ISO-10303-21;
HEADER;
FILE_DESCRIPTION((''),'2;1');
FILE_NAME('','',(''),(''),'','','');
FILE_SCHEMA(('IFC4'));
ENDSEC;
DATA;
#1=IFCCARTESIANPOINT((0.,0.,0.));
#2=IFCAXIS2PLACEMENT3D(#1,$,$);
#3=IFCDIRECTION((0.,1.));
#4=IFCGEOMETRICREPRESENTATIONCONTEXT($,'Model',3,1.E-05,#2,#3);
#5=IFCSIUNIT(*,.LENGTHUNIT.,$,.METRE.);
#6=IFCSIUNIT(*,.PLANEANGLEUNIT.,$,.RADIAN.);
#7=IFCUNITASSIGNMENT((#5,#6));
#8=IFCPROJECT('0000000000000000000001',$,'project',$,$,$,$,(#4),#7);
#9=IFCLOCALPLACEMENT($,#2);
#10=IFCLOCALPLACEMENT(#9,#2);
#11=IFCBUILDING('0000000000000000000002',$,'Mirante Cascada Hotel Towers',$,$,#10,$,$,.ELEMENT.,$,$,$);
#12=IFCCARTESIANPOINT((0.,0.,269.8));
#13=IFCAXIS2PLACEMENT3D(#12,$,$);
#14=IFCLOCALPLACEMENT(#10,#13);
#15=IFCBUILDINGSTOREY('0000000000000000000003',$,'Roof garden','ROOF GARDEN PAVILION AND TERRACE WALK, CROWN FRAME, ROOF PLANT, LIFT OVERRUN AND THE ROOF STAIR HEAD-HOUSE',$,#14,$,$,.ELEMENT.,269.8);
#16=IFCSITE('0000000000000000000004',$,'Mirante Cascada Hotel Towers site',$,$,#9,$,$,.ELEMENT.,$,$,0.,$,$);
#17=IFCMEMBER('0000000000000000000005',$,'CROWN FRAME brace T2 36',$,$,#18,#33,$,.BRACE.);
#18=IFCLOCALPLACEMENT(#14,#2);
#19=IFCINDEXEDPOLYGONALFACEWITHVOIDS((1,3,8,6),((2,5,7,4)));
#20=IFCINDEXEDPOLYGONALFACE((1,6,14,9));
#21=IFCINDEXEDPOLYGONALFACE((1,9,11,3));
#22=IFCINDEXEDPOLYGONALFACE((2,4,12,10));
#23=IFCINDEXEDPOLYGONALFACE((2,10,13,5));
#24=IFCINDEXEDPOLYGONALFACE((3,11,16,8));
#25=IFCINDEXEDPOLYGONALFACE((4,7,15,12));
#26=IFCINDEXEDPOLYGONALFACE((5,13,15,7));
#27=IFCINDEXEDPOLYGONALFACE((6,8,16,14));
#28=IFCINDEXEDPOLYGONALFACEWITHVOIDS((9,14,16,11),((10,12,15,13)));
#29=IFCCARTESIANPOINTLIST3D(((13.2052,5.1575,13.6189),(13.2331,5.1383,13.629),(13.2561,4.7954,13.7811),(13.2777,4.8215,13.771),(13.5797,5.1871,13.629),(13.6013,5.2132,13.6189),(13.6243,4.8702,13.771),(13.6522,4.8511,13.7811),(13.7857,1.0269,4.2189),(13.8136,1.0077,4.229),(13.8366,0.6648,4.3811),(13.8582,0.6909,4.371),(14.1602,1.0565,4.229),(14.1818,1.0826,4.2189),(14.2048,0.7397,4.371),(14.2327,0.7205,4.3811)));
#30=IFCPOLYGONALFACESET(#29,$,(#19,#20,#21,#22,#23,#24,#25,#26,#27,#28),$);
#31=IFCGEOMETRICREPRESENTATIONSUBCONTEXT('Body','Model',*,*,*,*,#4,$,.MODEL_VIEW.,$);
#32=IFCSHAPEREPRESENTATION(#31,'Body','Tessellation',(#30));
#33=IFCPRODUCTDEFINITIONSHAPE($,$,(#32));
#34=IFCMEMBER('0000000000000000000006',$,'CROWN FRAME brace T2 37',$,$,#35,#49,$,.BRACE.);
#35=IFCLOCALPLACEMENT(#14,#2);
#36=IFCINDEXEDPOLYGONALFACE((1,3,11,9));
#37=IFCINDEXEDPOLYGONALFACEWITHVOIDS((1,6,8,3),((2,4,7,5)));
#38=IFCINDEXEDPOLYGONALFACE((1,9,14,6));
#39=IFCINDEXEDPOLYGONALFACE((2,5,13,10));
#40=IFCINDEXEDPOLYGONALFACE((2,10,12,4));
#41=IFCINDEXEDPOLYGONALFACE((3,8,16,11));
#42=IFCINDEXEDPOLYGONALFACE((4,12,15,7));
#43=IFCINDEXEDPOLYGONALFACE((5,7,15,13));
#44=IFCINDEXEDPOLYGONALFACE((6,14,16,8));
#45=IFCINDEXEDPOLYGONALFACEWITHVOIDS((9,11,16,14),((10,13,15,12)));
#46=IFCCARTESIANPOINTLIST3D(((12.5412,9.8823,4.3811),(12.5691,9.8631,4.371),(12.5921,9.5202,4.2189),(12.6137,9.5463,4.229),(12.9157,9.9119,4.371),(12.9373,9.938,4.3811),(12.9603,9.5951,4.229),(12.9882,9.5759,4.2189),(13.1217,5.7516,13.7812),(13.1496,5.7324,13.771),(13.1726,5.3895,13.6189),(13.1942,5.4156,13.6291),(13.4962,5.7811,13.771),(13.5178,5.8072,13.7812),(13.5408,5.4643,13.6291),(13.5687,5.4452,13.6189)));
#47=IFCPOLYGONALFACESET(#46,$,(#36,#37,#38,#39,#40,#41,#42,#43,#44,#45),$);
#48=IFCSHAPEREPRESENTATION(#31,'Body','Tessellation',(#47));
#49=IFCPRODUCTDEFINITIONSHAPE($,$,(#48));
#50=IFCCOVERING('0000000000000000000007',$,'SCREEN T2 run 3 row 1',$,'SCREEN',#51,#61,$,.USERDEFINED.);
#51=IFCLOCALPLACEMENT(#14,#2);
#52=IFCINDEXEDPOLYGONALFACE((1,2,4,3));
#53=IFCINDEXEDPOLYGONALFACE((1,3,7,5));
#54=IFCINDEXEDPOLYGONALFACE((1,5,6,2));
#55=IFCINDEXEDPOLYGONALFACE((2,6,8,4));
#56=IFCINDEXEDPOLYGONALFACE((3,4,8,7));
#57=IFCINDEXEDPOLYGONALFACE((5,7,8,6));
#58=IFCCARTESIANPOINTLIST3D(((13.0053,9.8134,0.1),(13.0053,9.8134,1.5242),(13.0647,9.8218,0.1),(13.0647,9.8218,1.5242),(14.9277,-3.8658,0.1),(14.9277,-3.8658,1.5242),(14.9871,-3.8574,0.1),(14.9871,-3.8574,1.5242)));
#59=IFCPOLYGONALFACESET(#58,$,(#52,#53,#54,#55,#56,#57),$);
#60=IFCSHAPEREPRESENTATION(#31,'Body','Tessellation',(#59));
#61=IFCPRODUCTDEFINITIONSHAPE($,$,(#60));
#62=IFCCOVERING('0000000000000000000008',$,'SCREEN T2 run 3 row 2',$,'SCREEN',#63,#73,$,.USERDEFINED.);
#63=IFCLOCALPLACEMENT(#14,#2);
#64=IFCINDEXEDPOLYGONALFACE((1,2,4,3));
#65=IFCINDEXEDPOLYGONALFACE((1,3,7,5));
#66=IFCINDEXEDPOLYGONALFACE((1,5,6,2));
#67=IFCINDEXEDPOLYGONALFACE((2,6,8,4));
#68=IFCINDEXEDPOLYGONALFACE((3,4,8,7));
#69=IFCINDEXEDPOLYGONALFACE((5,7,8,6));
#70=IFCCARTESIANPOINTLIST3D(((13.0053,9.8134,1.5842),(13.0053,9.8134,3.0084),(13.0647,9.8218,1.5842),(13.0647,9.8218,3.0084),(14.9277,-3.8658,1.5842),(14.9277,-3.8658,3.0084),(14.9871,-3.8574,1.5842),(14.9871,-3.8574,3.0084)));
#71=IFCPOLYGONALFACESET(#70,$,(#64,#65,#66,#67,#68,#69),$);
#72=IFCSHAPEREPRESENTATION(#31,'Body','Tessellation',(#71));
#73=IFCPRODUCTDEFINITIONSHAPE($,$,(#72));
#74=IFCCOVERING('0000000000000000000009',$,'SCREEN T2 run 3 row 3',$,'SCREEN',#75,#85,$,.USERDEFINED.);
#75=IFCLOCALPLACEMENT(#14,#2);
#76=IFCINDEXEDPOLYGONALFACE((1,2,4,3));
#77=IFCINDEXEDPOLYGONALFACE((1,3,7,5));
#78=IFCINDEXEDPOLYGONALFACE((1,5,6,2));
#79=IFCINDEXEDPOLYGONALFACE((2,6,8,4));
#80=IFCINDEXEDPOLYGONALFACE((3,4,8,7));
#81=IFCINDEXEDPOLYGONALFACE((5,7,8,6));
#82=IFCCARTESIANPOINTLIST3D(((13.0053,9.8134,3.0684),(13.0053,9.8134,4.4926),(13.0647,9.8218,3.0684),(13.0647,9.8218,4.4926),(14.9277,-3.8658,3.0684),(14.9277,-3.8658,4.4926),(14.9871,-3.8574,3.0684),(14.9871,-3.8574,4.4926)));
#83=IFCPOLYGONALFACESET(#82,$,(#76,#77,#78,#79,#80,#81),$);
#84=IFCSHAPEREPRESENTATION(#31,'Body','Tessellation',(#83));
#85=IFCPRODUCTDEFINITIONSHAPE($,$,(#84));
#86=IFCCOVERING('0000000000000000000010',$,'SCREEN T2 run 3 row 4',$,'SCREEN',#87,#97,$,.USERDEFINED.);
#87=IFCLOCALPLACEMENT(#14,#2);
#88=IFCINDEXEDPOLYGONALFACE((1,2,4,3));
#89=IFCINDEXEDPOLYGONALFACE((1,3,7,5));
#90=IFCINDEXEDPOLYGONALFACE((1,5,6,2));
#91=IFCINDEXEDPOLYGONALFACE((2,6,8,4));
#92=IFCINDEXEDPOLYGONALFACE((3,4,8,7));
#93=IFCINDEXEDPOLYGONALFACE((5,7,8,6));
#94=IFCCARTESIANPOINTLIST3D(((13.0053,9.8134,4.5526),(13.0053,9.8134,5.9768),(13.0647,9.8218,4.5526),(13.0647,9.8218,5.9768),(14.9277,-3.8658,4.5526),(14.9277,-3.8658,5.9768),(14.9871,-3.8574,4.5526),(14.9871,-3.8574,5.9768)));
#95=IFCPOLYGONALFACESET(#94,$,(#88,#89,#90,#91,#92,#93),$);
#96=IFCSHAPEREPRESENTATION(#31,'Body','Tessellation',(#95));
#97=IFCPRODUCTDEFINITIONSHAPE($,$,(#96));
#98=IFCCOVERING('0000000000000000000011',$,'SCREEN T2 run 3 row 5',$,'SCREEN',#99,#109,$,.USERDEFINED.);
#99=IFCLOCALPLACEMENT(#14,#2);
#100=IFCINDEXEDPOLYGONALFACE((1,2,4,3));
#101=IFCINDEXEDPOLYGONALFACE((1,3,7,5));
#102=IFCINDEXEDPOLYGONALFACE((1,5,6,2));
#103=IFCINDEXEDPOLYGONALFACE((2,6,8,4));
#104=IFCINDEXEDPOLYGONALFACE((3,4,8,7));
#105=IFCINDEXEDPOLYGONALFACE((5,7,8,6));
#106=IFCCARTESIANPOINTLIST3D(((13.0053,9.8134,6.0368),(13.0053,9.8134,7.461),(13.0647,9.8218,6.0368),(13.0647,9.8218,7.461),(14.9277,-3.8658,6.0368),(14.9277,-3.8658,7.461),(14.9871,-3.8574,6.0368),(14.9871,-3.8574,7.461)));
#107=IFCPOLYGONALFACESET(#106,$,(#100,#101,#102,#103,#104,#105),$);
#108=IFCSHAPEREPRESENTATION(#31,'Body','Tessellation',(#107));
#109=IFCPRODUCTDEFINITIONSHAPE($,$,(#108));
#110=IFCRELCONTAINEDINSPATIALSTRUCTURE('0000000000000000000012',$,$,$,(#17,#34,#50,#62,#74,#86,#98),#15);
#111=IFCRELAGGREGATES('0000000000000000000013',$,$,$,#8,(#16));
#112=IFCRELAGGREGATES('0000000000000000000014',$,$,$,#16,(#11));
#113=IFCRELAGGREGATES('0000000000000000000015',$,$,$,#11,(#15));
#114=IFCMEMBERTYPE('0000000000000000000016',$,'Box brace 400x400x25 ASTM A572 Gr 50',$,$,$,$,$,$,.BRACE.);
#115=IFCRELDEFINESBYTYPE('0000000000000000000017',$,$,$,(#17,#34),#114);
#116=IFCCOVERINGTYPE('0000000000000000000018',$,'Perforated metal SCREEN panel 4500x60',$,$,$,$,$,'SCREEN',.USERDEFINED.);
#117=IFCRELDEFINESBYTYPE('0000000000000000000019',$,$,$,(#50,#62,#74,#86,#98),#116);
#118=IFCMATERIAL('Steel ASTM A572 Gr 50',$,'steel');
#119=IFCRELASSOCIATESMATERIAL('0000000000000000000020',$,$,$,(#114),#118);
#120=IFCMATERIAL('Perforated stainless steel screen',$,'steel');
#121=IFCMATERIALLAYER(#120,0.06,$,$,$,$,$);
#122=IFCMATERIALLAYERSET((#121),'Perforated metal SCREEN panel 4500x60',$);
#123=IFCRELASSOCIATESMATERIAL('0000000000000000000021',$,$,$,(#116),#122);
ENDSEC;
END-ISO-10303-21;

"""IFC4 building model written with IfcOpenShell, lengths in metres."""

from ifc_helpers import new_model, si_unit, direction, frame, origin, origin_2d, place, context, subcontext, project, spatial, rectangle, hollow_rectangle, extrude, material, layer, layer_set, material_profile, profile_set, type_object, element, save


model = new_model("IFC4")

# Units and contexts
model_context = context("Model", 3, precision=1e-05, world=origin(), true_north=direction((0.0, 1.0)))
body_context = subcontext(model_context, "Body", "Model", "MODEL_VIEW")
ifc_project = project(units=[si_unit("LENGTHUNIT", "METRE"), si_unit("PLANEANGLEUNIT", "RADIAN")], contexts=[model_context])

# Site, building, storey
site_placement = place(None, origin())
site = spatial("IfcSite", under=ifc_project, at=site_placement, Name="Mirante Cascada Hotel Towers site", CompositionType="ELEMENT", RefElevation=0.0)
building_placement = place(site_placement, origin())
building = spatial("IfcBuilding", under=site, at=building_placement, Name="Mirante Cascada Hotel Towers", CompositionType="ELEMENT")
storey_placement = place(building_placement, frame((0.0, 0.0, 269.8)))
storey = spatial("IfcBuildingStorey", under=building, at=storey_placement, Name="Roof garden", Description="ROOF GARDEN PAVILION AND TERRACE WALK, CROWN FRAME, ROOF PLANT, LIFT OVERRUN AND THE ROOF STAIR HEAD-HOUSE", CompositionType="ELEMENT", Elevation=269.8)

# Members
ifc_material_1 = material(Name="Steel ASTM A572 Gr 50", Category="steel")
ifc_material_profile_1 = material_profile(ifc_material_1, hollow_rectangle(XDim=0.4, YDim=0.4, WallThickness=0.025, at=origin_2d()), Name="Box brace 400x400x25 ASTM A572 Gr 50")
ifc_profile_set_1 = profile_set([ifc_material_profile_1], Name="Steel ASTM A572 Gr 50")
member_type = type_object("IfcMemberType", Name="Box brace 400x400x25 ASTM A572 Gr 50", PredefinedType="BRACE", material=ifc_profile_set_1)
for number, where, z_axis, x_axis, name in (
    (1, (14.0092, 0.8737, 4.3), (-0.056447, 0.401657, 0.914049), (-0.990269, -0.139169, 0.0), "CROWN FRAME brace T2 36"),
):
    element("IfcMember", number, at=place(storey_placement, frame(where, z_axis=z_axis, x_axis=x_axis)), inside=storey, type_object=member_type, Name=name, PredefinedType="BRACE", context=body_context, shape_type="SweptSolid", body=[
        extrude(hollow_rectangle(XDim=0.4, YDim=0.4, WallThickness=0.025, at=origin_2d()), origin(), (0.0, 0.0, 1.0), 10.2839),
    ])
member_1_placement = place(storey_placement, frame((12.7647, 9.7291, 4.3), z_axis=(0.056447, -0.401665, 0.914045), x_axis=(0.990269, 0.139166, 0.0)))
element("IfcMember", 2, at=member_1_placement, inside=storey, type_object=member_type, Name="CROWN FRAME brace T2 37", PredefinedType="BRACE", context=body_context, shape_type="SweptSolid", body=[
    extrude(hollow_rectangle(XDim=0.4, YDim=0.4, WallThickness=0.025, at=origin_2d()), origin(), (0.0, 0.0, 1.0), 10.284),
])

# Coverings
ifc_material_2 = material(Name="Perforated stainless steel screen", Category="steel")
ifc_layer_1 = layer(ifc_material_2, 0.06)
ifc_layer_set_1 = layer_set([ifc_layer_1], Name="Perforated metal SCREEN panel 4500x60")
covering_type = type_object("IfcCoveringType", Name="Perforated metal SCREEN panel 4500x60", ElementType="SCREEN", PredefinedType="USERDEFINED", material=ifc_layer_set_1)
for number, where, z_axis, x_axis, name in (
    (3, (13.9962, 2.978, 0.1), (0.0, 0.0, 1.0), (-0.139173, 0.990268, 0.0), "SCREEN T2 run 3 row 1"),
    (4, (13.9962, 2.978, 1.5842), (0.0, 0.0, 1.0), (-0.139173, 0.990268, 0.0), "SCREEN T2 run 3 row 2"),
    (5, (13.9962, 2.978, 3.0684), (0.0, 0.0, 1.0), (-0.139173, 0.990268, 0.0), "SCREEN T2 run 3 row 3"),
    (6, (13.9962, 2.978, 4.5526), (0.0, 0.0, 1.0), (-0.139173, 0.990268, 0.0), "SCREEN T2 run 3 row 4"),
    (7, (13.9962, 2.978, 6.0368), (0.0, 0.0, 1.0), (-0.139173, 0.990268, 0.0), "SCREEN T2 run 3 row 5"),
):
    element("IfcCovering", number, at=place(storey_placement, frame(where, z_axis=z_axis, x_axis=x_axis)), inside=storey, type_object=covering_type, Name=name, ObjectType="SCREEN", PredefinedType="USERDEFINED", context=body_context, shape_type="SweptSolid", body=[
        extrude(rectangle(XDim=13.8136, YDim=0.06, at=origin_2d()), origin(), (0.0, 0.0, 1.0), 1.4242),
    ])

save(model, "model.ifc")
